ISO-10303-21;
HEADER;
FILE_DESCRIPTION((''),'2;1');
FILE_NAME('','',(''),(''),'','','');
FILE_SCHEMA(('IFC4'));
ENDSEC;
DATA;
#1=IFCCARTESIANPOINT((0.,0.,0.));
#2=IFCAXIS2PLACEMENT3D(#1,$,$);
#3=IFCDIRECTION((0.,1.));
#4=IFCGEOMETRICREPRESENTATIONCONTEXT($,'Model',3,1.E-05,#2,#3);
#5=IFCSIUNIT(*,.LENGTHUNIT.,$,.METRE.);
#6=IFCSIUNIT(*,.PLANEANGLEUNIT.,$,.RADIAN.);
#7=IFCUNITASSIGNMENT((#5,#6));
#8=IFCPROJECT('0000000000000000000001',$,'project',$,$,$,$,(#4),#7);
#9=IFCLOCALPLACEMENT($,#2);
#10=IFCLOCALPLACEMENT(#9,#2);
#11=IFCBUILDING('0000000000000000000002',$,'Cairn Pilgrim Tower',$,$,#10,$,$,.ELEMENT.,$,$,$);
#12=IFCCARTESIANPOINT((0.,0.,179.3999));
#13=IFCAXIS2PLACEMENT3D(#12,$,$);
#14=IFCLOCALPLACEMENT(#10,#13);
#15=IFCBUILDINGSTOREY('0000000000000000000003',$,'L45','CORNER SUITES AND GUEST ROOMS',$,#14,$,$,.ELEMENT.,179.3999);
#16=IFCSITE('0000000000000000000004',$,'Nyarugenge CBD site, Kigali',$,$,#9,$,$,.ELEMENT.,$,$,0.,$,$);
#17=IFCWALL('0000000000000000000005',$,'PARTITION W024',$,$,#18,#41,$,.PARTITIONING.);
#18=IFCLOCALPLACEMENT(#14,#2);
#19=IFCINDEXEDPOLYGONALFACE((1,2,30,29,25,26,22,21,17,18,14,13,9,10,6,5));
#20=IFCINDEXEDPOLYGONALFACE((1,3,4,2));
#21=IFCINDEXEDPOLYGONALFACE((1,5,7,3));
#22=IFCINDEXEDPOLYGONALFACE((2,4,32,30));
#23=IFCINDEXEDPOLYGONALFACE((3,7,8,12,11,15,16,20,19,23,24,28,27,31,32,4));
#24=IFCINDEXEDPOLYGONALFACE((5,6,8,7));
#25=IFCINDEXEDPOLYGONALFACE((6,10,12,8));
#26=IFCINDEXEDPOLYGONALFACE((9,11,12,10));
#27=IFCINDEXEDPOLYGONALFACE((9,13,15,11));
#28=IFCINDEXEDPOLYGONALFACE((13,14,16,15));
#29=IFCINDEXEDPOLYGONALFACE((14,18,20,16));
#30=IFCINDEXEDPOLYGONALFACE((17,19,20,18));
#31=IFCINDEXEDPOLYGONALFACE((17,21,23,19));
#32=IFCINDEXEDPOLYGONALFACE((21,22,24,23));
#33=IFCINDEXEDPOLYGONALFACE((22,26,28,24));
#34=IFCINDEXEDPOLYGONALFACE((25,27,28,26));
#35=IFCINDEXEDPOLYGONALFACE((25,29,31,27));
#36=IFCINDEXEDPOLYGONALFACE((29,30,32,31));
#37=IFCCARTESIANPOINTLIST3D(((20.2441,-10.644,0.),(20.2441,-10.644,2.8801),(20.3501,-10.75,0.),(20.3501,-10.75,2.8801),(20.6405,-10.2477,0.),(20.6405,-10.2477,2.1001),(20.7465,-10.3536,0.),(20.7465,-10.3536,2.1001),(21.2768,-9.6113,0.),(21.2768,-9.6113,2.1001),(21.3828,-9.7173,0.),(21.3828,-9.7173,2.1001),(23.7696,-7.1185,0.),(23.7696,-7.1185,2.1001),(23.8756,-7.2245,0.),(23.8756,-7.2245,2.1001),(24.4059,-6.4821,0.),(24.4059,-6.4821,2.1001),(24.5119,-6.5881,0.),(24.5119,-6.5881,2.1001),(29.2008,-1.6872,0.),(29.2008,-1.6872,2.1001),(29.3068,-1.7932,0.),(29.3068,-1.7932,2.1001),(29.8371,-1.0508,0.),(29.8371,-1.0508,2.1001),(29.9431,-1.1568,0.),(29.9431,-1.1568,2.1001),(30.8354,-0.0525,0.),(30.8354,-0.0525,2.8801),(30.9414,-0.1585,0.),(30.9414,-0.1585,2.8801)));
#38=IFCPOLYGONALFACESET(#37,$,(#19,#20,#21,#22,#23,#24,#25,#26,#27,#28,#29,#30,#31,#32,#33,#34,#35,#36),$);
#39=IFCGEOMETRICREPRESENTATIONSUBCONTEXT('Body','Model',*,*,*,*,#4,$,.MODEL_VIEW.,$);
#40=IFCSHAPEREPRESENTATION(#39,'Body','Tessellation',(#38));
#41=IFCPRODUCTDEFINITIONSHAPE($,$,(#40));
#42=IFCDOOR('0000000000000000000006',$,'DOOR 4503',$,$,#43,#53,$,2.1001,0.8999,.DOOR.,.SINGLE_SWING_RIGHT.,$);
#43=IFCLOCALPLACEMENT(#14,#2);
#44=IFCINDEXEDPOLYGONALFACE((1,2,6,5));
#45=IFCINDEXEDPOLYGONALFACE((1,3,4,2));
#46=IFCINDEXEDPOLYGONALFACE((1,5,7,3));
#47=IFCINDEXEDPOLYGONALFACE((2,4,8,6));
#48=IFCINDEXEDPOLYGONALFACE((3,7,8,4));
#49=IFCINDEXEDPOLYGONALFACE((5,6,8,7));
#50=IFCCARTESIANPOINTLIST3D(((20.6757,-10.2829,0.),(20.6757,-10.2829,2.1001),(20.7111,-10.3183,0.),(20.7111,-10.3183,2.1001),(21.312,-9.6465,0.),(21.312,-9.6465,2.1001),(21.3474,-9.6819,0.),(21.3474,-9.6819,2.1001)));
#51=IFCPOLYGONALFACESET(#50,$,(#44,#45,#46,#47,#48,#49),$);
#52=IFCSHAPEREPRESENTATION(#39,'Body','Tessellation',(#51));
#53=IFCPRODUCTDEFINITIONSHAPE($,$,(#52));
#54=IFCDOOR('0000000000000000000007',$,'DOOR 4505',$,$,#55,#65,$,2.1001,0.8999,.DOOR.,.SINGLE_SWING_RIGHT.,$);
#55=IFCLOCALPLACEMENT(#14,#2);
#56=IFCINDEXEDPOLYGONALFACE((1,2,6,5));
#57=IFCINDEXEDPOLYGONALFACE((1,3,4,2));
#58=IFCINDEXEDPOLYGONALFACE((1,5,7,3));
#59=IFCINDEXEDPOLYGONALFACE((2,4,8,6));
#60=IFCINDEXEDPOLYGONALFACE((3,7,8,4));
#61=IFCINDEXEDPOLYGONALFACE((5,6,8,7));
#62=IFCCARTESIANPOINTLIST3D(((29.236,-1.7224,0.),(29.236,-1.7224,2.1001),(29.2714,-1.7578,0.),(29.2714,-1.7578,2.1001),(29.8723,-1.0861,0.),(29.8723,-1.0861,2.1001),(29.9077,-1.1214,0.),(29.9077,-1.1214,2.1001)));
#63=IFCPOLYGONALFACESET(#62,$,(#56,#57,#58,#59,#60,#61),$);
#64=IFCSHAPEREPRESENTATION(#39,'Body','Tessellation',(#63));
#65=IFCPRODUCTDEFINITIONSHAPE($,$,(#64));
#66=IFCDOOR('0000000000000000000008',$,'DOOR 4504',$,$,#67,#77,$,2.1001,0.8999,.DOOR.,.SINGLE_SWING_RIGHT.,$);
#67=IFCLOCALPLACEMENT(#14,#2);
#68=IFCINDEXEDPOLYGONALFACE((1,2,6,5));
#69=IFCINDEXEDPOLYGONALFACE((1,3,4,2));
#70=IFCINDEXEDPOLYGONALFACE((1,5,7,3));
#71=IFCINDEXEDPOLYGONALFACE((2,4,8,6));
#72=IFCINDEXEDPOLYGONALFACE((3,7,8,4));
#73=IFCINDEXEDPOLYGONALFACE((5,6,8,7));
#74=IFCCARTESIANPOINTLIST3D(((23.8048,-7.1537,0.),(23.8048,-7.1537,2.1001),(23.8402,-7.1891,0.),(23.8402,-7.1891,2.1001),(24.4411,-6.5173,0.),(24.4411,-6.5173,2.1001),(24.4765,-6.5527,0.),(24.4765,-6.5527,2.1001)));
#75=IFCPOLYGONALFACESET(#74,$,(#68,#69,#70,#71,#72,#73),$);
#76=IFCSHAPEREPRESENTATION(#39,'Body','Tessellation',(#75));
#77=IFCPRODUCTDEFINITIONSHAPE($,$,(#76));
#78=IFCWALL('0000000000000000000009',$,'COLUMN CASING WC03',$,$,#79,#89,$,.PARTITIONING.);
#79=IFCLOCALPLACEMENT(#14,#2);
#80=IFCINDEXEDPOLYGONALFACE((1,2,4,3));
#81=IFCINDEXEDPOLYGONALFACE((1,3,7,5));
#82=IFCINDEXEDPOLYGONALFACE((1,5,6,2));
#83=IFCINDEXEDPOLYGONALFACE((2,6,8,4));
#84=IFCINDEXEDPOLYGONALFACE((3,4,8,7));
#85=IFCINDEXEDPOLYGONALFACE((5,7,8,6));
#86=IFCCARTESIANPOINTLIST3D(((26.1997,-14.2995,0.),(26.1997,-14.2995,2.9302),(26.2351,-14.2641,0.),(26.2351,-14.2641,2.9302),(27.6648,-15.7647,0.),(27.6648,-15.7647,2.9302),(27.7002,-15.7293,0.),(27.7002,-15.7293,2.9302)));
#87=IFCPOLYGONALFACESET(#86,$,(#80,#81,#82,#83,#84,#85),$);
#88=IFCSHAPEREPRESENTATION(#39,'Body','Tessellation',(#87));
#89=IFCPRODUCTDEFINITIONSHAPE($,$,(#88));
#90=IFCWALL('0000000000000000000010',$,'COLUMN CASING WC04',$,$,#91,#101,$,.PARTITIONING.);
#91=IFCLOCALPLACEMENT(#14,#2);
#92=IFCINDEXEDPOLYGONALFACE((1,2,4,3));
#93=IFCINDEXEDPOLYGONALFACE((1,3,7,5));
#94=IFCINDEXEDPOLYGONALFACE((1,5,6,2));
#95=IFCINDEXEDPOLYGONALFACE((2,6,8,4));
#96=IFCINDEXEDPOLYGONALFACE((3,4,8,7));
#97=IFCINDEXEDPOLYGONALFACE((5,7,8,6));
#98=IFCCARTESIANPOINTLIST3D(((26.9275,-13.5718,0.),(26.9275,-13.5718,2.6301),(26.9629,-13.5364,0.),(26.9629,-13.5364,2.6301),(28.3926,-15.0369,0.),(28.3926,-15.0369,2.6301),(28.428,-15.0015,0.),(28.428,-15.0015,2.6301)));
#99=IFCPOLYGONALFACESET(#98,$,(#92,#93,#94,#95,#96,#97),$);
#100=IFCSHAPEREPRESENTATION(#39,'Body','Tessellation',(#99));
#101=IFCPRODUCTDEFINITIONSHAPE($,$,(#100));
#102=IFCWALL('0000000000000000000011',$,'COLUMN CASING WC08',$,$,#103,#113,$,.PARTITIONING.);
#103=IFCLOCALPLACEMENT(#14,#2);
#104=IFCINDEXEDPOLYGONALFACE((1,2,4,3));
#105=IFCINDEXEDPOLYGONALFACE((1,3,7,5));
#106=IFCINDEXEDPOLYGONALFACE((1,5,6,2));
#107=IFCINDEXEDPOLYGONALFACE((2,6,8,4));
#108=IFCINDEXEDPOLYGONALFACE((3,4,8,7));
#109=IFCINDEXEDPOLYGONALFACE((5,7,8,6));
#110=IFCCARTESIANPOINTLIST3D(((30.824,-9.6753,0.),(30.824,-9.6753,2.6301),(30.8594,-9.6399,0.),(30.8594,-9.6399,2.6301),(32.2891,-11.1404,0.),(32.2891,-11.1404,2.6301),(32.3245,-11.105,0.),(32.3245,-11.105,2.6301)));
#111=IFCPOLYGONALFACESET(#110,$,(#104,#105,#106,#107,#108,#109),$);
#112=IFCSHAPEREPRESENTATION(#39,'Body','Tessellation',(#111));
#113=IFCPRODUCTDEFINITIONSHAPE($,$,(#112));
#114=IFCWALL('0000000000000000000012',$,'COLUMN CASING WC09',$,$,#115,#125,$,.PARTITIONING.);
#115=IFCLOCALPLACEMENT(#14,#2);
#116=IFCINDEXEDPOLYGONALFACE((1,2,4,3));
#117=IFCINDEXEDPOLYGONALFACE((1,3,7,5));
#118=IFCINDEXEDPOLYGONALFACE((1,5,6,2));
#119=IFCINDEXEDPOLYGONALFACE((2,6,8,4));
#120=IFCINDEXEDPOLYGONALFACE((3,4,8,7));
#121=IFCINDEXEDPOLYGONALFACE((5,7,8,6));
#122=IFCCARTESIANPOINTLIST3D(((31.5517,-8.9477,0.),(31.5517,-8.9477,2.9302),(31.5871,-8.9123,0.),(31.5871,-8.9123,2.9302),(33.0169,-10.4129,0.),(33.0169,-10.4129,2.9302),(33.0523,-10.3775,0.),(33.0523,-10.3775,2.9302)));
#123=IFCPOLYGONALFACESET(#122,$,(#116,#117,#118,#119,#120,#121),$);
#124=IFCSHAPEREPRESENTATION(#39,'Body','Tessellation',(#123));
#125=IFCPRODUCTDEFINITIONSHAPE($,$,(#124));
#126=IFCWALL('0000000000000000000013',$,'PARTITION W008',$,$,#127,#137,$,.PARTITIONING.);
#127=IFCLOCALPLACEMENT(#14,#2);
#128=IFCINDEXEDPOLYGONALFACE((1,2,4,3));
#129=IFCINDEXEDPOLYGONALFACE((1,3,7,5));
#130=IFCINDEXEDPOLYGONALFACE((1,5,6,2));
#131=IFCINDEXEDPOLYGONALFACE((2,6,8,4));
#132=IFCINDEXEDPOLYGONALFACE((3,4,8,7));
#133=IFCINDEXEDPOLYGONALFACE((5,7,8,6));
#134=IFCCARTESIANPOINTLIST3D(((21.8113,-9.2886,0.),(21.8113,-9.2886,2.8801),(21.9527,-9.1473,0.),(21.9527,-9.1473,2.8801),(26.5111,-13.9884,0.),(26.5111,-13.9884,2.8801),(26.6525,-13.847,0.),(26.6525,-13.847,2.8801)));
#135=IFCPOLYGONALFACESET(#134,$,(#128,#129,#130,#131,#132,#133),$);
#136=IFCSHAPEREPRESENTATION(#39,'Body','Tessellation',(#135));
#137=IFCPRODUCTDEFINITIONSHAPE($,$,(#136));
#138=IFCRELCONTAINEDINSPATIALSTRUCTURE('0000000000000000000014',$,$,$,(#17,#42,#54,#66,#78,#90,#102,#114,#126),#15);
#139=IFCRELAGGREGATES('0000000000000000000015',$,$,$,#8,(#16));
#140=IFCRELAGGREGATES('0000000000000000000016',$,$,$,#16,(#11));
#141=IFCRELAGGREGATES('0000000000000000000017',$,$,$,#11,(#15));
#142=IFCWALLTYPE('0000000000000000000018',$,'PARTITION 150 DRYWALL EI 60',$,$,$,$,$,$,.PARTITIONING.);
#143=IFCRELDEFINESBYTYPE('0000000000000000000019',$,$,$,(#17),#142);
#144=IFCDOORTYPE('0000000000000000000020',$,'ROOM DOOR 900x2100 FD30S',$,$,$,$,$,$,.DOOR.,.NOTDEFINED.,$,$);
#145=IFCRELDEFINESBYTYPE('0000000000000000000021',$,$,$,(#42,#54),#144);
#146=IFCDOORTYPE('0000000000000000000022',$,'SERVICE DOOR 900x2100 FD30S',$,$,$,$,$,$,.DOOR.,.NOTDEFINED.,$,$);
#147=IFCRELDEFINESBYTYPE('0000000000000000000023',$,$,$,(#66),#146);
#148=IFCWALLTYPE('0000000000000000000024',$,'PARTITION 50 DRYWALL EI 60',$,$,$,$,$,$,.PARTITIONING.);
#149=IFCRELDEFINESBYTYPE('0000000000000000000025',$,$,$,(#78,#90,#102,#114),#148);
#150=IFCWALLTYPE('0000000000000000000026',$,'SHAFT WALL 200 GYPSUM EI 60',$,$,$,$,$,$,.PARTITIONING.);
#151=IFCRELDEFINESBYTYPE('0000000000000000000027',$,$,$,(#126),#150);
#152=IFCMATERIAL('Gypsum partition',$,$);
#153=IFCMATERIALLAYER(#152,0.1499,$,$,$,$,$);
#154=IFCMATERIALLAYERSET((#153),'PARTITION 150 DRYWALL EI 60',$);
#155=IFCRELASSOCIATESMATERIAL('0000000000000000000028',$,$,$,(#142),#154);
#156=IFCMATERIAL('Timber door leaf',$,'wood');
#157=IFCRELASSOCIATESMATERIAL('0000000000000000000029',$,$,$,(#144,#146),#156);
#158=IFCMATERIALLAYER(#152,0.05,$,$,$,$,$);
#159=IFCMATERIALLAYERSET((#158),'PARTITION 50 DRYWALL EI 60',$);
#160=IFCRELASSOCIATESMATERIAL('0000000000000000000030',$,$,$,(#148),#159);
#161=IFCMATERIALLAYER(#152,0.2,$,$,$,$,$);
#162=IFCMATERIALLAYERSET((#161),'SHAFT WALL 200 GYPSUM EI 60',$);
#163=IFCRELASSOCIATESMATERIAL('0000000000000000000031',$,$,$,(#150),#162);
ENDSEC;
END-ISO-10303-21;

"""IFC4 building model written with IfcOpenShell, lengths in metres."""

from ifc_helpers import new_model, si_unit, direction, frame, frame_2d, origin, place, context, subcontext, project, spatial, rectangle, extrude, material, layer, layer_set, type_object, element, fill, save


model = new_model("IFC4")

# Units and contexts
model_context = context("Model", 3, precision=1e-05, world=origin(), true_north=direction((0.0, 1.0)))
body_context = subcontext(model_context, "Body", "Model", "MODEL_VIEW")
ifc_project = project(units=[si_unit("LENGTHUNIT", "METRE"), si_unit("PLANEANGLEUNIT", "RADIAN")], contexts=[model_context])

# Site, building, storey
site_placement = place(None, origin())
site = spatial("IfcSite", under=ifc_project, at=site_placement, Name="Nyarugenge CBD site, Kigali", CompositionType="ELEMENT", RefElevation=0.0)
building_placement = place(site_placement, origin())
building = spatial("IfcBuilding", under=site, at=building_placement, Name="Cairn Pilgrim Tower", CompositionType="ELEMENT")
storey_placement = place(building_placement, frame((0.0, 0.0, 179.3999)))
storey = spatial("IfcBuildingStorey", under=building, at=storey_placement, Name="L45", Description="CORNER SUITES AND GUEST ROOMS", CompositionType="ELEMENT", Elevation=179.3999)

# Shared definitions
ifc_material_1 = material(Name="Gypsum partition")

# Wall, openings, doors
ifc_layer_1 = layer(ifc_material_1, 0.1499)
ifc_layer_set_1 = layer_set([ifc_layer_1], Name="PARTITION 150 DRYWALL EI 60")
wall_type_1 = type_object("IfcWallType", Name="PARTITION 150 DRYWALL EI 60", PredefinedType="PARTITIONING", material=ifc_layer_set_1)
wall_1_placement = place(storey_placement, frame((20.2971, -10.697, 0.0), z_axis=(0.0, 0.0, 1.0), x_axis=(0.707099, 0.707115, 0.0)))
wall_1 = element("IfcWall", 1, at=wall_1_placement, inside=storey, type_object=wall_type_1, Name="PARTITION W024", PredefinedType="PARTITIONING", context=body_context, shape_type="SweptSolid", body=[
    extrude(rectangle(XDim=14.9785, YDim=0.1499, at=frame_2d((7.4893, 0.0))), origin(), (0.0, 0.0, 1.0), 2.8801),
])
opening_1_placement = place(wall_1_placement, frame((0.5605, 0.0, 0.0)))
opening_1 = element("IfcOpeningElement", 2, at=opening_1_placement, cuts=wall_1, PredefinedType="OPENING", context=body_context, shape_type="SweptSolid", body=[
    extrude(rectangle(XDim=0.8999, YDim=2.1001, at=frame_2d((0.45, 1.05))), frame((0.0, 0.085, 0.0), z_axis=(0.0, -1.0, 0.0), x_axis=(1.0, 0.0, 0.0)), (0.0, 0.0, 1.0), 0.1699),
])
opening_2_placement = place(wall_1_placement, frame((4.9858, 0.0, 0.0)))
opening_2 = element("IfcOpeningElement", 3, at=opening_2_placement, cuts=wall_1, PredefinedType="OPENING", context=body_context, shape_type="SweptSolid", body=[
    extrude(rectangle(XDim=0.8999, YDim=2.1001, at=frame_2d((0.45, 1.05))), frame((0.0, 0.085, 0.0), z_axis=(0.0, -1.0, 0.0), x_axis=(1.0, 0.0, 0.0)), (0.0, 0.0, 1.0), 0.1699),
])
opening_3_placement = place(wall_1_placement, frame((12.6667, 0.0, 0.0)))
opening_3 = element("IfcOpeningElement", 4, at=opening_3_placement, cuts=wall_1, PredefinedType="OPENING", context=body_context, shape_type="SweptSolid", body=[
    extrude(rectangle(XDim=0.8999, YDim=2.1001, at=frame_2d((0.45, 1.05))), frame((0.0, 0.085, 0.0), z_axis=(0.0, -1.0, 0.0), x_axis=(1.0, 0.0, 0.0)), (0.0, 0.0, 1.0), 0.1699),
])
ifc_material_2 = material(Name="Timber door leaf", Category="wood")
door_type_1 = type_object("IfcDoorType", Name="ROOM DOOR 900x2100 FD30S", OperationType="NOTDEFINED", PredefinedType="DOOR", material=ifc_material_2)
door_1_placement = place(opening_1_placement, frame((0.8999, 0.0, 0.0), z_axis=(0.0, 0.0, 1.0), x_axis=(-1.0, 0.0, 0.0)))
door_1 = element("IfcDoor", 5, at=door_1_placement, inside=storey, type_object=door_type_1, Name="DOOR 4503", OperationType="SINGLE_SWING_RIGHT", OverallHeight=2.1001, OverallWidth=0.8999, PredefinedType="DOOR", context=body_context, shape_type="SweptSolid", body=[
    extrude(rectangle(XDim=0.8999, YDim=2.1001, at=frame_2d((0.45, 1.05))), frame((0.0, 0.0249, 0.0), z_axis=(0.0, -1.0, 0.0), x_axis=(1.0, 0.0, 0.0)), (0.0, 0.0, 1.0), 0.05),
])
fill(opening_1, door_1)
door_2_placement = place(opening_3_placement, frame((0.8999, 0.0, 0.0), z_axis=(0.0, 0.0, 1.0), x_axis=(-1.0, 0.0, 0.0)))
door_2 = element("IfcDoor", 6, at=door_2_placement, inside=storey, type_object=door_type_1, Name="DOOR 4505", OperationType="SINGLE_SWING_RIGHT", OverallHeight=2.1001, OverallWidth=0.8999, PredefinedType="DOOR", context=body_context, shape_type="SweptSolid", body=[
    extrude(rectangle(XDim=0.8999, YDim=2.1001, at=frame_2d((0.45, 1.05))), frame((0.0, 0.0249, 0.0), z_axis=(0.0, -1.0, 0.0), x_axis=(1.0, 0.0, 0.0)), (0.0, 0.0, 1.0), 0.05),
])
fill(opening_3, door_2)
door_type_2 = type_object("IfcDoorType", Name="SERVICE DOOR 900x2100 FD30S", OperationType="NOTDEFINED", PredefinedType="DOOR", material=ifc_material_2)
door_3_placement = place(opening_2_placement, frame((0.8999, 0.0, 0.0), z_axis=(0.0, 0.0, 1.0), x_axis=(-1.0, 0.0, 0.0)))
door_3 = element("IfcDoor", 7, at=door_3_placement, inside=storey, type_object=door_type_2, Name="DOOR 4504", OperationType="SINGLE_SWING_RIGHT", OverallHeight=2.1001, OverallWidth=0.8999, PredefinedType="DOOR", context=body_context, shape_type="SweptSolid", body=[
    extrude(rectangle(XDim=0.8999, YDim=2.1001, at=frame_2d((0.45, 1.05))), frame((0.0, 0.0249, 0.0), z_axis=(0.0, -1.0, 0.0), x_axis=(1.0, 0.0, 0.0)), (0.0, 0.0, 1.0), 0.05),
])
fill(opening_2, door_3)

# Walls
ifc_layer_2 = layer(ifc_material_1, 0.05)
ifc_layer_set_2 = layer_set([ifc_layer_2], Name="PARTITION 50 DRYWALL EI 60")
wall_type_2 = type_object("IfcWallType", Name="PARTITION 50 DRYWALL EI 60", PredefinedType="PARTITIONING", material=ifc_layer_set_2)
wall_2_placement = place(storey_placement, frame((27.6826, -15.7471, 0.0), z_axis=(0.0, 0.0, 1.0), x_axis=(-0.707107, 0.707107, 0.0)))
element("IfcWall", 8, at=wall_2_placement, inside=storey, type_object=wall_type_2, Name="COLUMN CASING WC03", PredefinedType="PARTITIONING", context=body_context, shape_type="SweptSolid", body=[
    extrude(rectangle(XDim=2.072, YDim=0.05, at=frame_2d((1.0361, 0.0))), origin(), (0.0, 0.0, 1.0), 2.9302),
])
for number, where, z_axis, x_axis, name in (
    (9, (28.4104, -15.0193, 0.0), (0.0, 0.0, 1.0), (-0.707107, 0.707107, 0.0), "COLUMN CASING WC04"),
    (10, (32.3069, -11.1228, 0.0), (0.0, 0.0, 1.0), (-0.707107, 0.707107, 0.0), "COLUMN CASING WC08"),
):
    element("IfcWall", number, at=place(storey_placement, frame(where, z_axis=z_axis, x_axis=x_axis)), inside=storey, type_object=wall_type_2, Name=name, PredefinedType="PARTITIONING", context=body_context, shape_type="SweptSolid", body=[
        extrude(rectangle(XDim=2.072, YDim=0.05, at=frame_2d((1.0361, 0.0))), origin(), (0.0, 0.0, 1.0), 2.6301),
    ])
wall_3_placement = place(storey_placement, frame((33.0347, -10.3953, 0.0), z_axis=(0.0, 0.0, 1.0), x_axis=(-0.707107, 0.707107, 0.0)))
element("IfcWall", 11, at=wall_3_placement, inside=storey, type_object=wall_type_2, Name="COLUMN CASING WC09", PredefinedType="PARTITIONING", context=body_context, shape_type="SweptSolid", body=[
    extrude(rectangle(XDim=2.072, YDim=0.05, at=frame_2d((1.0361, 0.0))), origin(), (0.0, 0.0, 1.0), 2.9302),
])
ifc_layer_3 = layer(ifc_material_1, 0.2)
ifc_layer_set_3 = layer_set([ifc_layer_3], Name="SHAFT WALL 200 GYPSUM EI 60")
wall_type_3 = type_object("IfcWallType", Name="SHAFT WALL 200 GYPSUM EI 60", PredefinedType="PARTITIONING", material=ifc_layer_set_3)
wall_4_placement = place(storey_placement, frame((26.5818, -13.9177, 0.0), z_axis=(0.0, 0.0, 1.0), x_axis=(-0.707107, 0.707107, 0.0)))
element("IfcWall", 12, at=wall_4_placement, inside=storey, type_object=wall_type_3, Name="PARTITION W008", PredefinedType="PARTITIONING", context=body_context, shape_type="SweptSolid", body=[
    extrude(rectangle(XDim=6.6465, YDim=0.2, at=frame_2d((3.3232, 0.0))), origin(), (0.0, 0.0, 1.0), 2.8801),
])

save(model, "model.ifc")
